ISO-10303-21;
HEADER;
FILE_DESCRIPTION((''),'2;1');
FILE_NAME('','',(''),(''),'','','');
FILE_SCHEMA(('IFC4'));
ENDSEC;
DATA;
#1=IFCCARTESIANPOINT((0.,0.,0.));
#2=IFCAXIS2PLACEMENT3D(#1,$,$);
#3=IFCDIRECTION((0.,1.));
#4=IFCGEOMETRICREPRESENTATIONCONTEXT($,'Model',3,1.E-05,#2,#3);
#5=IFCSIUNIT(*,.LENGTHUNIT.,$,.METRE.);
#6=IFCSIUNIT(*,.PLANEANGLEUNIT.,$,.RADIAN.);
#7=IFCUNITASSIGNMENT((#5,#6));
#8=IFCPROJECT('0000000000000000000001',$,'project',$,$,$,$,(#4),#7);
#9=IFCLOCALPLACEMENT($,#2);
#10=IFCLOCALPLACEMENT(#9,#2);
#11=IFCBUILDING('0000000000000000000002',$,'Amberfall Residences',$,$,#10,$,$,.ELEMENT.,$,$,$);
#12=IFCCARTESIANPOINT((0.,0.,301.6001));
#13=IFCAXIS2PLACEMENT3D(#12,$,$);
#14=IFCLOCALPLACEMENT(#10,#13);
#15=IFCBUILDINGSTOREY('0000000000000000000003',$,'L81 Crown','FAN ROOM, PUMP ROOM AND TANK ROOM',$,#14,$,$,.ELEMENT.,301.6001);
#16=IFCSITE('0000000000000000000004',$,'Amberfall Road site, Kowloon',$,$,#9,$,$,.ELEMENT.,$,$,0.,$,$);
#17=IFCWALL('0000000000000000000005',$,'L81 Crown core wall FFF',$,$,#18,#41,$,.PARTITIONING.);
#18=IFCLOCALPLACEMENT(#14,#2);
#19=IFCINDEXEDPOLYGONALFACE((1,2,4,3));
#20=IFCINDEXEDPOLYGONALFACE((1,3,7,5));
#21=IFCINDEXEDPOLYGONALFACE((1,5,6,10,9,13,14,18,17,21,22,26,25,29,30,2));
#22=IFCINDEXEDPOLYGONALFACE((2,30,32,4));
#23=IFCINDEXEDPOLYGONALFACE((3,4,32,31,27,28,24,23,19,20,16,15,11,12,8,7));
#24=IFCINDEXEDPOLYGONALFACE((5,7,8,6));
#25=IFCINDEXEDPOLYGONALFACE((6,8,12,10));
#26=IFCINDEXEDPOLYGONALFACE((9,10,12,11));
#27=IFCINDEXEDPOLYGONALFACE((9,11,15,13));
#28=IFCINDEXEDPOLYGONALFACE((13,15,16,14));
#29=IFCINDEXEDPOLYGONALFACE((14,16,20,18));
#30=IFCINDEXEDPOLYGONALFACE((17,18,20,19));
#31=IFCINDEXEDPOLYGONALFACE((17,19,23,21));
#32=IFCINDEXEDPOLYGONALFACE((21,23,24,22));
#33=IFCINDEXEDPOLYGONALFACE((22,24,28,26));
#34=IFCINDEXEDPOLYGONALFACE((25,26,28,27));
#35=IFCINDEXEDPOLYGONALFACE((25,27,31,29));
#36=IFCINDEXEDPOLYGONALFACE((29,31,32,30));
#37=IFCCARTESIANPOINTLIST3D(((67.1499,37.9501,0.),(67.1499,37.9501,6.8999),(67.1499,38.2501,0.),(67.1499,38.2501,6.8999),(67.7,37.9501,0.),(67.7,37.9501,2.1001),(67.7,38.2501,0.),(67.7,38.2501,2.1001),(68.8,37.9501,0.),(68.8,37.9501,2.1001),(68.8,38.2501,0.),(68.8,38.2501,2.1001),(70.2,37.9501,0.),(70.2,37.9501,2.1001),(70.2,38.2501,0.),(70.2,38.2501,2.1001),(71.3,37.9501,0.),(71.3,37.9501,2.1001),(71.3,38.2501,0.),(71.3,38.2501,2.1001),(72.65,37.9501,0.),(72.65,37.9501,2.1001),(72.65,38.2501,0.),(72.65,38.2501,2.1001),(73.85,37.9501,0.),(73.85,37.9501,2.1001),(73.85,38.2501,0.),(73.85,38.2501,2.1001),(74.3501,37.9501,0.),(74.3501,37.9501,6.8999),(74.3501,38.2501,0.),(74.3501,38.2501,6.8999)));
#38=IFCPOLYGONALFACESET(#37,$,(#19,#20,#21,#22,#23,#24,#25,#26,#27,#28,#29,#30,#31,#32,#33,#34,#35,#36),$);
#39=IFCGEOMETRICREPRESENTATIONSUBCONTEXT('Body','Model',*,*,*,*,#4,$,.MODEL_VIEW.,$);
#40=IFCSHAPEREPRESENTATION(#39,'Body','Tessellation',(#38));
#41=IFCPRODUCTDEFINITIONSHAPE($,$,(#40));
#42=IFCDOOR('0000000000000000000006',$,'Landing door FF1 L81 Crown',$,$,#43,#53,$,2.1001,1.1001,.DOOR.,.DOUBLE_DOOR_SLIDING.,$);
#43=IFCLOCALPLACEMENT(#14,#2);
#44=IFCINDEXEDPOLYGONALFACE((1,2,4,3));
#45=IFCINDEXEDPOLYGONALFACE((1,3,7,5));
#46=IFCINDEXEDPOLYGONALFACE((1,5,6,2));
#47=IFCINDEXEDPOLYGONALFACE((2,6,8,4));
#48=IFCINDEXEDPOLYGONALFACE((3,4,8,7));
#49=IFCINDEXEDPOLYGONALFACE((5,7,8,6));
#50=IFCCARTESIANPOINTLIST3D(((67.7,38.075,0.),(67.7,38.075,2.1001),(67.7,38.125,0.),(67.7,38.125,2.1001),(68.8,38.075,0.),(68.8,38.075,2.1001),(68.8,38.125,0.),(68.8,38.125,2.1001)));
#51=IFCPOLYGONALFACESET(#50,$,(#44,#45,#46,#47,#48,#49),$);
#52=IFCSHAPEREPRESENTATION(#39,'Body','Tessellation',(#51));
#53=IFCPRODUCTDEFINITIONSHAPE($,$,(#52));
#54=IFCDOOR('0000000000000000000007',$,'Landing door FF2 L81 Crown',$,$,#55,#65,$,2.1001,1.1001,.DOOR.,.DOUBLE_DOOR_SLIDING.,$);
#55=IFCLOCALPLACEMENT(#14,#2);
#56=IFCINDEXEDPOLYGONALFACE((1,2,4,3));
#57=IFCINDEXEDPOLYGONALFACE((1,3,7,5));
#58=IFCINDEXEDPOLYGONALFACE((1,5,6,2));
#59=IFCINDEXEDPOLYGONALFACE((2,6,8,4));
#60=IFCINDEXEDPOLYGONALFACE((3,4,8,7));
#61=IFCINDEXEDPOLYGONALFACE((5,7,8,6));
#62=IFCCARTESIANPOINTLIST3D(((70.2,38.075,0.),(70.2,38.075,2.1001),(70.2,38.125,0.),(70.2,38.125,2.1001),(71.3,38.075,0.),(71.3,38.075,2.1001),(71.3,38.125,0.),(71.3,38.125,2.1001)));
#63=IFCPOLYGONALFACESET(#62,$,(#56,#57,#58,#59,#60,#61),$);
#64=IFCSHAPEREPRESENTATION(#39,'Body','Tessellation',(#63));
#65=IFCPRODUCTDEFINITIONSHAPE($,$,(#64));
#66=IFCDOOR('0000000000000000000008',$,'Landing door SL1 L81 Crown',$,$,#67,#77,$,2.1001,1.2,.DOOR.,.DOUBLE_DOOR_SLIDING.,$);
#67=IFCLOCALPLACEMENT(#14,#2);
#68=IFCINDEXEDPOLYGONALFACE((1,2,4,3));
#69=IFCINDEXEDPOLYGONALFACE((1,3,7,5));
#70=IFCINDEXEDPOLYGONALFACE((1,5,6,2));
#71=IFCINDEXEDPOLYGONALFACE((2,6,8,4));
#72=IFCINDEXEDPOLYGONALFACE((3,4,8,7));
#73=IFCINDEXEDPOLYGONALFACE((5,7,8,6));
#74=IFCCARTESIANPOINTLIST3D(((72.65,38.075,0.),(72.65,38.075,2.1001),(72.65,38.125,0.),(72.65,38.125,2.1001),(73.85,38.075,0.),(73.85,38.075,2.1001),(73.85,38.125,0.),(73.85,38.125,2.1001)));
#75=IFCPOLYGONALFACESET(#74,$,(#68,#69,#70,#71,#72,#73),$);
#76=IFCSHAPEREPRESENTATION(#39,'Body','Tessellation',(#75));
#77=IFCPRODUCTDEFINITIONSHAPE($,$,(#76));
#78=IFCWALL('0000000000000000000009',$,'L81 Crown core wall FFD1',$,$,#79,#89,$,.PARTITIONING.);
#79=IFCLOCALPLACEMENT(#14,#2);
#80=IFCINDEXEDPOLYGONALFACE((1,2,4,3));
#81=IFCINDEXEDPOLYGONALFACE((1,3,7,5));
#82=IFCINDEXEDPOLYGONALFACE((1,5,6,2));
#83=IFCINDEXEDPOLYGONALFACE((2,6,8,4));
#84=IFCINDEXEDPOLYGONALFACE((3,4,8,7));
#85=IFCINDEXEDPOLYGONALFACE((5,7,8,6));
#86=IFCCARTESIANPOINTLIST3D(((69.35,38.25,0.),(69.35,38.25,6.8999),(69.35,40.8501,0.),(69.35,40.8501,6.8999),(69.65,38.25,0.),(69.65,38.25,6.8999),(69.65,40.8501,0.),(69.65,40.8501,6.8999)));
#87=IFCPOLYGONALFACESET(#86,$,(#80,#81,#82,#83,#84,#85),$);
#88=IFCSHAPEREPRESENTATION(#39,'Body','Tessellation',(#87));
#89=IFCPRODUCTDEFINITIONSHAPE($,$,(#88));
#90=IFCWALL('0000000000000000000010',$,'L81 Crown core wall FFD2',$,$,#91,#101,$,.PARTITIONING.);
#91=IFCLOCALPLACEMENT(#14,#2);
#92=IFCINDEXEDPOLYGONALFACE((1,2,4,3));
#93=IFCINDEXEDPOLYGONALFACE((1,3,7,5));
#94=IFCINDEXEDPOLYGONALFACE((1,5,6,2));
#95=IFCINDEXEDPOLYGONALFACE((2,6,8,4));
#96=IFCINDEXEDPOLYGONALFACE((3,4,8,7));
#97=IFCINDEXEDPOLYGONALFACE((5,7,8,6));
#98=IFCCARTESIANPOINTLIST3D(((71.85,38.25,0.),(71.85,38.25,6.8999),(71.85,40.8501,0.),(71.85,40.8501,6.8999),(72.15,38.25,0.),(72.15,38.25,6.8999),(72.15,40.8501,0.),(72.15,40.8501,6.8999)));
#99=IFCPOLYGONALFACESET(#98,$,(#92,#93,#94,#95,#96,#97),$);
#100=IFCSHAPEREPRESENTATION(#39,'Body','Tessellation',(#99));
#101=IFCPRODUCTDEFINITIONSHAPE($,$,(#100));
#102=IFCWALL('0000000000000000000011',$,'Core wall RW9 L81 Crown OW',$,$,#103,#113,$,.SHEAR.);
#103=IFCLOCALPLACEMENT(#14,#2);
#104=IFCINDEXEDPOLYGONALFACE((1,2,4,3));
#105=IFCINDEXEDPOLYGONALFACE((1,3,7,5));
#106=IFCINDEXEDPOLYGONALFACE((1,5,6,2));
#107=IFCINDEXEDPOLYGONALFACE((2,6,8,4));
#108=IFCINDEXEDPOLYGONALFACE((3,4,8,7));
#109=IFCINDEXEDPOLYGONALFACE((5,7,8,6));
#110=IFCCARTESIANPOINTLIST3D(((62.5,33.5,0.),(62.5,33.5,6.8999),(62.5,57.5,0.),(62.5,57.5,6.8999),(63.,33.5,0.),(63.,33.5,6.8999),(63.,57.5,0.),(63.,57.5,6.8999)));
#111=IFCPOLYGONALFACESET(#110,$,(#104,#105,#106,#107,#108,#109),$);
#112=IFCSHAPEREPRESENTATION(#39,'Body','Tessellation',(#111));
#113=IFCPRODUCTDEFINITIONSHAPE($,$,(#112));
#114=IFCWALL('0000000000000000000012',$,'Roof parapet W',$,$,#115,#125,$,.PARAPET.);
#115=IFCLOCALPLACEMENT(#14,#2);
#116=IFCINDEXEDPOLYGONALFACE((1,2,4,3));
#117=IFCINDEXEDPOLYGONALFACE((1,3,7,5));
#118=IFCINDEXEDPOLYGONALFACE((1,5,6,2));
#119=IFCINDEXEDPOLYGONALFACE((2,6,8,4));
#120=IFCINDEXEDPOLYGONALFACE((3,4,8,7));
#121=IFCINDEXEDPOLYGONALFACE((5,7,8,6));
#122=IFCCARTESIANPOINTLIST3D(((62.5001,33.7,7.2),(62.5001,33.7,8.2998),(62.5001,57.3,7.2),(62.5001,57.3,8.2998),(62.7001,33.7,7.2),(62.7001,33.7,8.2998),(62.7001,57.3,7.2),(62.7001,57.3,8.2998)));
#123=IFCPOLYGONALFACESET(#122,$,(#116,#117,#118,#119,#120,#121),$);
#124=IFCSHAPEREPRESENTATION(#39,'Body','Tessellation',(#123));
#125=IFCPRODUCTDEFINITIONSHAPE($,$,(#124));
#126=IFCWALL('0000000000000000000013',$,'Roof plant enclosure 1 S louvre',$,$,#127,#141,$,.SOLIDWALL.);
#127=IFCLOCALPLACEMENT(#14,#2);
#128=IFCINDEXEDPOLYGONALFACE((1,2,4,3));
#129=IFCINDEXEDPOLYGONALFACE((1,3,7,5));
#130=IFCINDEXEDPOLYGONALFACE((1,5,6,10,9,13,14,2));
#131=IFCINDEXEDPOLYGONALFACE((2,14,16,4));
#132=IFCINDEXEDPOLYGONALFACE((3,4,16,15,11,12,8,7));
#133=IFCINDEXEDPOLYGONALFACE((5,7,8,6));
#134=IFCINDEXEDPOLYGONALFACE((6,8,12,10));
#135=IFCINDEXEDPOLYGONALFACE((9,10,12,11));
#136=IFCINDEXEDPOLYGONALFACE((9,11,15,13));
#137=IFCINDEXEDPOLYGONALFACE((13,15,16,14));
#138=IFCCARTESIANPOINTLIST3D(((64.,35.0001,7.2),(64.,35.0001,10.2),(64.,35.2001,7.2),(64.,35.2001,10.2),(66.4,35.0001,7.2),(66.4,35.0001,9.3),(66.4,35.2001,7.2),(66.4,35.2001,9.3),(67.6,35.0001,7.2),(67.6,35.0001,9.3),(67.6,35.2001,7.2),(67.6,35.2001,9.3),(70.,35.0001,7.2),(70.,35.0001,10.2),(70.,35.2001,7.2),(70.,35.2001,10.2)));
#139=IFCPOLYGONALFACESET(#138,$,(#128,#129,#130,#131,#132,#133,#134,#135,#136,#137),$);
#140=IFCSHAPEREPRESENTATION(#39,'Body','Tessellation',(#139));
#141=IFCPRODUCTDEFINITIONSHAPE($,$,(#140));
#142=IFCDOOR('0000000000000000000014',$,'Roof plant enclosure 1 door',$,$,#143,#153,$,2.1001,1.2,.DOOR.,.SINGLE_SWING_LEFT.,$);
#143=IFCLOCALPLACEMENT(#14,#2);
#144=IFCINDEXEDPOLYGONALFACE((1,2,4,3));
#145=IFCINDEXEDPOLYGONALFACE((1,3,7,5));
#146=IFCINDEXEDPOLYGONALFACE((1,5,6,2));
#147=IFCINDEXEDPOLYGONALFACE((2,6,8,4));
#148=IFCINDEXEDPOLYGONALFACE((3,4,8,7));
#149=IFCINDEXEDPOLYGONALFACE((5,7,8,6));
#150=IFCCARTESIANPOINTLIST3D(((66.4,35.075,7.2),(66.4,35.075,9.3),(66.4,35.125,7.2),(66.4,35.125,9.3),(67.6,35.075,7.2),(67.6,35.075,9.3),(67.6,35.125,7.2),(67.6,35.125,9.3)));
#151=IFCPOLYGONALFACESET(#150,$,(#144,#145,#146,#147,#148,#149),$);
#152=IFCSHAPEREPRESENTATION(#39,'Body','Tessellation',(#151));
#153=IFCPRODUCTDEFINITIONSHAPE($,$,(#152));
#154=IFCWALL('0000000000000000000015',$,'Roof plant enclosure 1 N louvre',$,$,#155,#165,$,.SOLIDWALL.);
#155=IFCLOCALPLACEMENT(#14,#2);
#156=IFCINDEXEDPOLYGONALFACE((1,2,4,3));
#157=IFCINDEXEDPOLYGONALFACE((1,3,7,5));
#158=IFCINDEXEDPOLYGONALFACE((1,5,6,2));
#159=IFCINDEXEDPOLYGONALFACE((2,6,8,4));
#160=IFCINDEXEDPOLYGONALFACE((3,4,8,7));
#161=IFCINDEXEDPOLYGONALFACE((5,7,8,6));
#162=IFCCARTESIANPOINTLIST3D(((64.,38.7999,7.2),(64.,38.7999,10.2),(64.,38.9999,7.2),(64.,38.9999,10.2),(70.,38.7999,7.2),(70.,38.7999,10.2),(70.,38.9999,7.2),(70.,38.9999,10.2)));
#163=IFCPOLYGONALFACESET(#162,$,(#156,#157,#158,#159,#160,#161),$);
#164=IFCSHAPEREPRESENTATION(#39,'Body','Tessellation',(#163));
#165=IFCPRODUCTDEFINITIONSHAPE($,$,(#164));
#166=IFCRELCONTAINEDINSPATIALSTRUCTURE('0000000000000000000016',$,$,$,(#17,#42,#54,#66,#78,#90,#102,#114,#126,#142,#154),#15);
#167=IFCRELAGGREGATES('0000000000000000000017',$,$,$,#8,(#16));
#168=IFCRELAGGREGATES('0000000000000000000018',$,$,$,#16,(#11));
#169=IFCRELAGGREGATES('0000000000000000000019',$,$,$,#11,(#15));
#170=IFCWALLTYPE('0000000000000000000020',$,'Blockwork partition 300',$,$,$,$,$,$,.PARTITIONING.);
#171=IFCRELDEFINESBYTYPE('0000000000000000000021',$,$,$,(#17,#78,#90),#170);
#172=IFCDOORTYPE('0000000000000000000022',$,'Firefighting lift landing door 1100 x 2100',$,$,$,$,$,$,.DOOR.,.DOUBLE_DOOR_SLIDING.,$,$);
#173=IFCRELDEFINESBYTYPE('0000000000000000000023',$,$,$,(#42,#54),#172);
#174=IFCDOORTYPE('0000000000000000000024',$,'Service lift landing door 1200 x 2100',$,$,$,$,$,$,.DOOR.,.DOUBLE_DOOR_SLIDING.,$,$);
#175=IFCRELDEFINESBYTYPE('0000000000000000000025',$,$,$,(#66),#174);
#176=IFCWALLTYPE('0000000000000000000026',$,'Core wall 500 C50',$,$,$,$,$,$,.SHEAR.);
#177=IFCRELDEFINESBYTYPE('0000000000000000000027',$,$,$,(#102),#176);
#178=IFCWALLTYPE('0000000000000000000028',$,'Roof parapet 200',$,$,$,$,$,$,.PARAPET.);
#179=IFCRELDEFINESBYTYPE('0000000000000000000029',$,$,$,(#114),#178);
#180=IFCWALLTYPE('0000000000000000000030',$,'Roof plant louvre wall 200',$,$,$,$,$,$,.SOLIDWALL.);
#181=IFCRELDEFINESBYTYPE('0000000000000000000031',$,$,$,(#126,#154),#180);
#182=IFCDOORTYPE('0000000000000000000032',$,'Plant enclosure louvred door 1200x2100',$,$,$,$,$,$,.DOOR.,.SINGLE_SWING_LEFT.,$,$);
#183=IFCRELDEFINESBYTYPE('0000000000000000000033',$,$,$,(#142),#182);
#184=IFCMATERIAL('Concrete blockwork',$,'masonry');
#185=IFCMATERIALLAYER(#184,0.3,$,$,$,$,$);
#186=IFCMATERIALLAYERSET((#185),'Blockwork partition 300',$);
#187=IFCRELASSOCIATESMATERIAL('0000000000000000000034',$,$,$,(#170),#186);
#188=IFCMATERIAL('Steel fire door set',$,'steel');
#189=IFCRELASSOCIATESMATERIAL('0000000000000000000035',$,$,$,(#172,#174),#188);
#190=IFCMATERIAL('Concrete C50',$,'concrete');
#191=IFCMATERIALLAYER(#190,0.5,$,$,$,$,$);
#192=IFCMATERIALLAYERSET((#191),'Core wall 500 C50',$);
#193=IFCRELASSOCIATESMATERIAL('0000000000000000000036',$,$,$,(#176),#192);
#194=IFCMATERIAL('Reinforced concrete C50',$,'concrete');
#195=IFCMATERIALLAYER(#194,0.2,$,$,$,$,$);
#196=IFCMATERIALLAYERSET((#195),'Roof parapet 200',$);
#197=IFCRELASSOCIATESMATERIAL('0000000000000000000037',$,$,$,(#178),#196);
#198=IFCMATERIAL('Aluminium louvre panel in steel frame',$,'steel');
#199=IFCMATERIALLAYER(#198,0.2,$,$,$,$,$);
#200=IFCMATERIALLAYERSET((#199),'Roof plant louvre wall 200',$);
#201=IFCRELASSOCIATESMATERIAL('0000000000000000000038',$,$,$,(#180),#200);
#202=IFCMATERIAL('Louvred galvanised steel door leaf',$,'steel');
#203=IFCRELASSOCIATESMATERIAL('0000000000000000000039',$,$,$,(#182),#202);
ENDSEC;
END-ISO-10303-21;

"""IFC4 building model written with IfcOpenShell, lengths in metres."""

from ifc_helpers import new_model, si_unit, direction, frame, frame_2d, origin, place, context, subcontext, project, spatial, rectangle, extrude, material, layer, layer_set, type_object, element, fill, save


model = new_model("IFC4")

# Units and contexts
model_context = context("Model", 3, precision=1e-05, world=origin(), true_north=direction((0.0, 1.0)))
body_context = subcontext(model_context, "Body", "Model", "MODEL_VIEW")
ifc_project = project(units=[si_unit("LENGTHUNIT", "METRE"), si_unit("PLANEANGLEUNIT", "RADIAN")], contexts=[model_context])

# Site, building, storey
site_placement = place(None, origin())
site = spatial("IfcSite", under=ifc_project, at=site_placement, Name="Amberfall Road site, Kowloon", CompositionType="ELEMENT", RefElevation=0.0)
building_placement = place(site_placement, origin())
building = spatial("IfcBuilding", under=site, at=building_placement, Name="Amberfall Residences", CompositionType="ELEMENT")
storey_placement = place(building_placement, frame((0.0, 0.0, 301.6001)))
storey = spatial("IfcBuildingStorey", under=building, at=storey_placement, Name="L81 Crown", Description="FAN ROOM, PUMP ROOM AND TANK ROOM", CompositionType="ELEMENT", Elevation=301.6001)

# Wall, openings, doors
ifc_material_1 = material(Name="Concrete blockwork", Category="masonry")
ifc_layer_1 = layer(ifc_material_1, 0.3)
ifc_layer_set_1 = layer_set([ifc_layer_1], Name="Blockwork partition 300")
wall_type_1 = type_object("IfcWallType", Name="Blockwork partition 300", PredefinedType="PARTITIONING", material=ifc_layer_set_1)
wall_1_placement = place(storey_placement, frame((67.1499, 38.1001, 0.0), z_axis=(0.0, 0.0, 1.0), x_axis=(1.0, 0.0, 0.0)))
wall_1 = element("IfcWall", 1, at=wall_1_placement, inside=storey, type_object=wall_type_1, Name="L81 Crown core wall FFF", PredefinedType="PARTITIONING", context=body_context, shape_type="SweptSolid", body=[
    extrude(rectangle(XDim=7.2002, YDim=0.3, at=frame_2d((3.6001, 0.0))), origin(), (0.0, 0.0, 1.0), 6.8999),
])
opening_1_placement = place(wall_1_placement, frame((0.55, 0.0, 0.0)))
opening_1 = element("IfcOpeningElement", 2, at=opening_1_placement, cuts=wall_1, PredefinedType="OPENING", context=body_context, shape_type="SweptSolid", body=[
    extrude(rectangle(XDim=1.1001, YDim=2.1001, at=frame_2d((0.55, 1.05))), frame((0.0, 0.1599, 0.0), z_axis=(0.0, -1.0, 0.0), x_axis=(1.0, 0.0, 0.0)), (0.0, 0.0, 1.0), 0.3201),
])
opening_2_placement = place(wall_1_placement, frame((3.05, 0.0, 0.0)))
opening_2 = element("IfcOpeningElement", 3, at=opening_2_placement, cuts=wall_1, PredefinedType="OPENING", context=body_context, shape_type="SweptSolid", body=[
    extrude(rectangle(XDim=1.1001, YDim=2.1001, at=frame_2d((0.55, 1.05))), frame((0.0, 0.1599, 0.0), z_axis=(0.0, -1.0, 0.0), x_axis=(1.0, 0.0, 0.0)), (0.0, 0.0, 1.0), 0.3201),
])
opening_3_placement = place(wall_1_placement, frame((5.5, 0.0, 0.0)))
opening_3 = element("IfcOpeningElement", 4, at=opening_3_placement, cuts=wall_1, PredefinedType="OPENING", context=body_context, shape_type="SweptSolid", body=[
    extrude(rectangle(XDim=1.2, YDim=2.1001, at=frame_2d((0.6001, 1.05))), frame((0.0, 0.1599, 0.0), z_axis=(0.0, -1.0, 0.0), x_axis=(1.0, 0.0, 0.0)), (0.0, 0.0, 1.0), 0.3201),
])
ifc_material_2 = material(Name="Steel fire door set", Category="steel")
door_type_1 = type_object("IfcDoorType", Name="Firefighting lift landing door 1100 x 2100", OperationType="DOUBLE_DOOR_SLIDING", PredefinedType="DOOR", material=ifc_material_2)
door_1_placement = place(opening_1_placement, origin())
door_1 = element("IfcDoor", 5, at=door_1_placement, inside=storey, type_object=door_type_1, Name="Landing door FF1 L81 Crown", OperationType="DOUBLE_DOOR_SLIDING", OverallHeight=2.1001, OverallWidth=1.1001, PredefinedType="DOOR", context=body_context, shape_type="SweptSolid", body=[
    extrude(rectangle(XDim=1.1001, YDim=2.1001, at=frame_2d((0.55, 1.05))), frame((0.0, 0.0249, 0.0), z_axis=(0.0, -1.0, 0.0), x_axis=(1.0, 0.0, 0.0)), (0.0, 0.0, 1.0), 0.05),
])
fill(opening_1, door_1)
door_2_placement = place(opening_2_placement, origin())
door_2 = element("IfcDoor", 6, at=door_2_placement, inside=storey, type_object=door_type_1, Name="Landing door FF2 L81 Crown", OperationType="DOUBLE_DOOR_SLIDING", OverallHeight=2.1001, OverallWidth=1.1001, PredefinedType="DOOR", context=body_context, shape_type="SweptSolid", body=[
    extrude(rectangle(XDim=1.1001, YDim=2.1001, at=frame_2d((0.55, 1.05))), frame((0.0, 0.0249, 0.0), z_axis=(0.0, -1.0, 0.0), x_axis=(1.0, 0.0, 0.0)), (0.0, 0.0, 1.0), 0.05),
])
fill(opening_2, door_2)
door_type_2 = type_object("IfcDoorType", Name="Service lift landing door 1200 x 2100", OperationType="DOUBLE_DOOR_SLIDING", PredefinedType="DOOR", material=ifc_material_2)
door_3_placement = place(opening_3_placement, origin())
door_3 = element("IfcDoor", 7, at=door_3_placement, inside=storey, type_object=door_type_2, Name="Landing door SL1 L81 Crown", OperationType="DOUBLE_DOOR_SLIDING", OverallHeight=2.1001, OverallWidth=1.2, PredefinedType="DOOR", context=body_context, shape_type="SweptSolid", body=[
    extrude(rectangle(XDim=1.2, YDim=2.1001, at=frame_2d((0.6001, 1.05))), frame((0.0, 0.0249, 0.0), z_axis=(0.0, -1.0, 0.0), x_axis=(1.0, 0.0, 0.0)), (0.0, 0.0, 1.0), 0.05),
])
fill(opening_3, door_3)

# Walls
for number, where, z_axis, x_axis, name in (
    (8, (69.5, 38.25, 0.0), (0.0, 0.0, 1.0), (0.0, 1.0, 0.0), "L81 Crown core wall FFD1"),
    (9, (72.0, 38.25, 0.0), (0.0, 0.0, 1.0), (0.0, 1.0, 0.0), "L81 Crown core wall FFD2"),
):
    element("IfcWall", number, at=place(storey_placement, frame(where, z_axis=z_axis, x_axis=x_axis)), inside=storey, type_object=wall_type_1, Name=name, PredefinedType="PARTITIONING", context=body_context, shape_type="SweptSolid", body=[
        extrude(rectangle(XDim=2.6001, YDim=0.3, at=frame_2d((1.3, 0.0))), origin(), (0.0, 0.0, 1.0), 6.8999),
    ])
ifc_material_3 = material(Name="Concrete C50", Category="concrete")
ifc_layer_2 = layer(ifc_material_3, 0.5)
ifc_layer_set_2 = layer_set([ifc_layer_2], Name="Core wall 500 C50")
wall_type_2 = type_object("IfcWallType", Name="Core wall 500 C50", PredefinedType="SHEAR", material=ifc_layer_set_2)
wall_2_placement = place(storey_placement, frame((62.75, 33.5, 0.0), z_axis=(0.0, 0.0, 1.0), x_axis=(0.0, 1.0, 0.0)))
element("IfcWall", 10, at=wall_2_placement, inside=storey, type_object=wall_type_2, Name="Core wall RW9 L81 Crown OW", PredefinedType="SHEAR", context=body_context, shape_type="SweptSolid", body=[
    extrude(rectangle(XDim=24.0, YDim=0.5, at=frame_2d((12.0, 0.0))), origin(), (0.0, 0.0, 1.0), 6.8999),
])
ifc_material_4 = material(Name="Reinforced concrete C50", Category="concrete")
ifc_layer_3 = layer(ifc_material_4, 0.2)
ifc_layer_set_3 = layer_set([ifc_layer_3], Name="Roof parapet 200")
wall_type_3 = type_object("IfcWallType", Name="Roof parapet 200", PredefinedType="PARAPET", material=ifc_layer_set_3)
wall_3_placement = place(storey_placement, frame((62.6001, 33.7, 7.2), z_axis=(0.0, 0.0, 1.0), x_axis=(0.0, 1.0, 0.0)))
element("IfcWall", 11, at=wall_3_placement, inside=storey, type_object=wall_type_3, Name="Roof parapet W", PredefinedType="PARAPET", context=body_context, shape_type="SweptSolid", body=[
    extrude(rectangle(XDim=23.6001, YDim=0.2, at=frame_2d((11.8, 0.0))), origin(), (0.0, 0.0, 1.0), 1.0999),
])

# Wall, opening, door
ifc_material_5 = material(Name="Aluminium louvre panel in steel frame", Category="steel")
ifc_layer_4 = layer(ifc_material_5, 0.2)
ifc_layer_set_4 = layer_set([ifc_layer_4], Name="Roof plant louvre wall 200")
wall_type_4 = type_object("IfcWallType", Name="Roof plant louvre wall 200", PredefinedType="SOLIDWALL", material=ifc_layer_set_4)
wall_4_placement = place(storey_placement, frame((64.0, 35.1001, 7.2), z_axis=(0.0, 0.0, 1.0), x_axis=(1.0, 0.0, 0.0)))
wall_4 = element("IfcWall", 12, at=wall_4_placement, inside=storey, type_object=wall_type_4, Name="Roof plant enclosure 1 S louvre", PredefinedType="SOLIDWALL", context=body_context, shape_type="SweptSolid", body=[
    extrude(rectangle(XDim=6.0, YDim=0.2, at=frame_2d((3.0, 0.0))), origin(), (0.0, 0.0, 1.0), 3.0),
])
opening_4_placement = place(wall_4_placement, frame((2.3999, 0.0, 0.0)))
opening_4 = element("IfcOpeningElement", 13, at=opening_4_placement, cuts=wall_4, PredefinedType="OPENING", context=body_context, shape_type="SweptSolid", body=[
    extrude(rectangle(XDim=1.2, YDim=2.1001, at=frame_2d((0.6001, 1.05))), frame((0.0, 0.1099, 0.0), z_axis=(0.0, -1.0, 0.0), x_axis=(1.0, 0.0, 0.0)), (0.0, 0.0, 1.0), 0.22),
])
ifc_material_6 = material(Name="Louvred galvanised steel door leaf", Category="steel")
door_type_3 = type_object("IfcDoorType", Name="Plant enclosure louvred door 1200x2100", OperationType="SINGLE_SWING_LEFT", PredefinedType="DOOR", material=ifc_material_6)
door_4_placement = place(opening_4_placement, origin())
door_4 = element("IfcDoor", 14, at=door_4_placement, inside=storey, type_object=door_type_3, Name="Roof plant enclosure 1 door", OperationType="SINGLE_SWING_LEFT", OverallHeight=2.1001, OverallWidth=1.2, PredefinedType="DOOR", context=body_context, shape_type="SweptSolid", body=[
    extrude(rectangle(XDim=1.2, YDim=2.1001, at=frame_2d((0.6001, 1.05))), frame((0.0, 0.0249, 0.0), z_axis=(0.0, -1.0, 0.0), x_axis=(1.0, 0.0, 0.0)), (0.0, 0.0, 1.0), 0.05),
])
fill(opening_4, door_4)

# Wall
wall_5_placement = place(storey_placement, frame((64.0, 38.8999, 7.2), z_axis=(0.0, 0.0, 1.0), x_axis=(1.0, 0.0, 0.0)))
element("IfcWall", 15, at=wall_5_placement, inside=storey, type_object=wall_type_4, Name="Roof plant enclosure 1 N louvre", PredefinedType="SOLIDWALL", context=body_context, shape_type="SweptSolid", body=[
    extrude(rectangle(XDim=6.0, YDim=0.2, at=frame_2d((3.0, 0.0))), origin(), (0.0, 0.0, 1.0), 3.0),
])

save(model, "model.ifc")
